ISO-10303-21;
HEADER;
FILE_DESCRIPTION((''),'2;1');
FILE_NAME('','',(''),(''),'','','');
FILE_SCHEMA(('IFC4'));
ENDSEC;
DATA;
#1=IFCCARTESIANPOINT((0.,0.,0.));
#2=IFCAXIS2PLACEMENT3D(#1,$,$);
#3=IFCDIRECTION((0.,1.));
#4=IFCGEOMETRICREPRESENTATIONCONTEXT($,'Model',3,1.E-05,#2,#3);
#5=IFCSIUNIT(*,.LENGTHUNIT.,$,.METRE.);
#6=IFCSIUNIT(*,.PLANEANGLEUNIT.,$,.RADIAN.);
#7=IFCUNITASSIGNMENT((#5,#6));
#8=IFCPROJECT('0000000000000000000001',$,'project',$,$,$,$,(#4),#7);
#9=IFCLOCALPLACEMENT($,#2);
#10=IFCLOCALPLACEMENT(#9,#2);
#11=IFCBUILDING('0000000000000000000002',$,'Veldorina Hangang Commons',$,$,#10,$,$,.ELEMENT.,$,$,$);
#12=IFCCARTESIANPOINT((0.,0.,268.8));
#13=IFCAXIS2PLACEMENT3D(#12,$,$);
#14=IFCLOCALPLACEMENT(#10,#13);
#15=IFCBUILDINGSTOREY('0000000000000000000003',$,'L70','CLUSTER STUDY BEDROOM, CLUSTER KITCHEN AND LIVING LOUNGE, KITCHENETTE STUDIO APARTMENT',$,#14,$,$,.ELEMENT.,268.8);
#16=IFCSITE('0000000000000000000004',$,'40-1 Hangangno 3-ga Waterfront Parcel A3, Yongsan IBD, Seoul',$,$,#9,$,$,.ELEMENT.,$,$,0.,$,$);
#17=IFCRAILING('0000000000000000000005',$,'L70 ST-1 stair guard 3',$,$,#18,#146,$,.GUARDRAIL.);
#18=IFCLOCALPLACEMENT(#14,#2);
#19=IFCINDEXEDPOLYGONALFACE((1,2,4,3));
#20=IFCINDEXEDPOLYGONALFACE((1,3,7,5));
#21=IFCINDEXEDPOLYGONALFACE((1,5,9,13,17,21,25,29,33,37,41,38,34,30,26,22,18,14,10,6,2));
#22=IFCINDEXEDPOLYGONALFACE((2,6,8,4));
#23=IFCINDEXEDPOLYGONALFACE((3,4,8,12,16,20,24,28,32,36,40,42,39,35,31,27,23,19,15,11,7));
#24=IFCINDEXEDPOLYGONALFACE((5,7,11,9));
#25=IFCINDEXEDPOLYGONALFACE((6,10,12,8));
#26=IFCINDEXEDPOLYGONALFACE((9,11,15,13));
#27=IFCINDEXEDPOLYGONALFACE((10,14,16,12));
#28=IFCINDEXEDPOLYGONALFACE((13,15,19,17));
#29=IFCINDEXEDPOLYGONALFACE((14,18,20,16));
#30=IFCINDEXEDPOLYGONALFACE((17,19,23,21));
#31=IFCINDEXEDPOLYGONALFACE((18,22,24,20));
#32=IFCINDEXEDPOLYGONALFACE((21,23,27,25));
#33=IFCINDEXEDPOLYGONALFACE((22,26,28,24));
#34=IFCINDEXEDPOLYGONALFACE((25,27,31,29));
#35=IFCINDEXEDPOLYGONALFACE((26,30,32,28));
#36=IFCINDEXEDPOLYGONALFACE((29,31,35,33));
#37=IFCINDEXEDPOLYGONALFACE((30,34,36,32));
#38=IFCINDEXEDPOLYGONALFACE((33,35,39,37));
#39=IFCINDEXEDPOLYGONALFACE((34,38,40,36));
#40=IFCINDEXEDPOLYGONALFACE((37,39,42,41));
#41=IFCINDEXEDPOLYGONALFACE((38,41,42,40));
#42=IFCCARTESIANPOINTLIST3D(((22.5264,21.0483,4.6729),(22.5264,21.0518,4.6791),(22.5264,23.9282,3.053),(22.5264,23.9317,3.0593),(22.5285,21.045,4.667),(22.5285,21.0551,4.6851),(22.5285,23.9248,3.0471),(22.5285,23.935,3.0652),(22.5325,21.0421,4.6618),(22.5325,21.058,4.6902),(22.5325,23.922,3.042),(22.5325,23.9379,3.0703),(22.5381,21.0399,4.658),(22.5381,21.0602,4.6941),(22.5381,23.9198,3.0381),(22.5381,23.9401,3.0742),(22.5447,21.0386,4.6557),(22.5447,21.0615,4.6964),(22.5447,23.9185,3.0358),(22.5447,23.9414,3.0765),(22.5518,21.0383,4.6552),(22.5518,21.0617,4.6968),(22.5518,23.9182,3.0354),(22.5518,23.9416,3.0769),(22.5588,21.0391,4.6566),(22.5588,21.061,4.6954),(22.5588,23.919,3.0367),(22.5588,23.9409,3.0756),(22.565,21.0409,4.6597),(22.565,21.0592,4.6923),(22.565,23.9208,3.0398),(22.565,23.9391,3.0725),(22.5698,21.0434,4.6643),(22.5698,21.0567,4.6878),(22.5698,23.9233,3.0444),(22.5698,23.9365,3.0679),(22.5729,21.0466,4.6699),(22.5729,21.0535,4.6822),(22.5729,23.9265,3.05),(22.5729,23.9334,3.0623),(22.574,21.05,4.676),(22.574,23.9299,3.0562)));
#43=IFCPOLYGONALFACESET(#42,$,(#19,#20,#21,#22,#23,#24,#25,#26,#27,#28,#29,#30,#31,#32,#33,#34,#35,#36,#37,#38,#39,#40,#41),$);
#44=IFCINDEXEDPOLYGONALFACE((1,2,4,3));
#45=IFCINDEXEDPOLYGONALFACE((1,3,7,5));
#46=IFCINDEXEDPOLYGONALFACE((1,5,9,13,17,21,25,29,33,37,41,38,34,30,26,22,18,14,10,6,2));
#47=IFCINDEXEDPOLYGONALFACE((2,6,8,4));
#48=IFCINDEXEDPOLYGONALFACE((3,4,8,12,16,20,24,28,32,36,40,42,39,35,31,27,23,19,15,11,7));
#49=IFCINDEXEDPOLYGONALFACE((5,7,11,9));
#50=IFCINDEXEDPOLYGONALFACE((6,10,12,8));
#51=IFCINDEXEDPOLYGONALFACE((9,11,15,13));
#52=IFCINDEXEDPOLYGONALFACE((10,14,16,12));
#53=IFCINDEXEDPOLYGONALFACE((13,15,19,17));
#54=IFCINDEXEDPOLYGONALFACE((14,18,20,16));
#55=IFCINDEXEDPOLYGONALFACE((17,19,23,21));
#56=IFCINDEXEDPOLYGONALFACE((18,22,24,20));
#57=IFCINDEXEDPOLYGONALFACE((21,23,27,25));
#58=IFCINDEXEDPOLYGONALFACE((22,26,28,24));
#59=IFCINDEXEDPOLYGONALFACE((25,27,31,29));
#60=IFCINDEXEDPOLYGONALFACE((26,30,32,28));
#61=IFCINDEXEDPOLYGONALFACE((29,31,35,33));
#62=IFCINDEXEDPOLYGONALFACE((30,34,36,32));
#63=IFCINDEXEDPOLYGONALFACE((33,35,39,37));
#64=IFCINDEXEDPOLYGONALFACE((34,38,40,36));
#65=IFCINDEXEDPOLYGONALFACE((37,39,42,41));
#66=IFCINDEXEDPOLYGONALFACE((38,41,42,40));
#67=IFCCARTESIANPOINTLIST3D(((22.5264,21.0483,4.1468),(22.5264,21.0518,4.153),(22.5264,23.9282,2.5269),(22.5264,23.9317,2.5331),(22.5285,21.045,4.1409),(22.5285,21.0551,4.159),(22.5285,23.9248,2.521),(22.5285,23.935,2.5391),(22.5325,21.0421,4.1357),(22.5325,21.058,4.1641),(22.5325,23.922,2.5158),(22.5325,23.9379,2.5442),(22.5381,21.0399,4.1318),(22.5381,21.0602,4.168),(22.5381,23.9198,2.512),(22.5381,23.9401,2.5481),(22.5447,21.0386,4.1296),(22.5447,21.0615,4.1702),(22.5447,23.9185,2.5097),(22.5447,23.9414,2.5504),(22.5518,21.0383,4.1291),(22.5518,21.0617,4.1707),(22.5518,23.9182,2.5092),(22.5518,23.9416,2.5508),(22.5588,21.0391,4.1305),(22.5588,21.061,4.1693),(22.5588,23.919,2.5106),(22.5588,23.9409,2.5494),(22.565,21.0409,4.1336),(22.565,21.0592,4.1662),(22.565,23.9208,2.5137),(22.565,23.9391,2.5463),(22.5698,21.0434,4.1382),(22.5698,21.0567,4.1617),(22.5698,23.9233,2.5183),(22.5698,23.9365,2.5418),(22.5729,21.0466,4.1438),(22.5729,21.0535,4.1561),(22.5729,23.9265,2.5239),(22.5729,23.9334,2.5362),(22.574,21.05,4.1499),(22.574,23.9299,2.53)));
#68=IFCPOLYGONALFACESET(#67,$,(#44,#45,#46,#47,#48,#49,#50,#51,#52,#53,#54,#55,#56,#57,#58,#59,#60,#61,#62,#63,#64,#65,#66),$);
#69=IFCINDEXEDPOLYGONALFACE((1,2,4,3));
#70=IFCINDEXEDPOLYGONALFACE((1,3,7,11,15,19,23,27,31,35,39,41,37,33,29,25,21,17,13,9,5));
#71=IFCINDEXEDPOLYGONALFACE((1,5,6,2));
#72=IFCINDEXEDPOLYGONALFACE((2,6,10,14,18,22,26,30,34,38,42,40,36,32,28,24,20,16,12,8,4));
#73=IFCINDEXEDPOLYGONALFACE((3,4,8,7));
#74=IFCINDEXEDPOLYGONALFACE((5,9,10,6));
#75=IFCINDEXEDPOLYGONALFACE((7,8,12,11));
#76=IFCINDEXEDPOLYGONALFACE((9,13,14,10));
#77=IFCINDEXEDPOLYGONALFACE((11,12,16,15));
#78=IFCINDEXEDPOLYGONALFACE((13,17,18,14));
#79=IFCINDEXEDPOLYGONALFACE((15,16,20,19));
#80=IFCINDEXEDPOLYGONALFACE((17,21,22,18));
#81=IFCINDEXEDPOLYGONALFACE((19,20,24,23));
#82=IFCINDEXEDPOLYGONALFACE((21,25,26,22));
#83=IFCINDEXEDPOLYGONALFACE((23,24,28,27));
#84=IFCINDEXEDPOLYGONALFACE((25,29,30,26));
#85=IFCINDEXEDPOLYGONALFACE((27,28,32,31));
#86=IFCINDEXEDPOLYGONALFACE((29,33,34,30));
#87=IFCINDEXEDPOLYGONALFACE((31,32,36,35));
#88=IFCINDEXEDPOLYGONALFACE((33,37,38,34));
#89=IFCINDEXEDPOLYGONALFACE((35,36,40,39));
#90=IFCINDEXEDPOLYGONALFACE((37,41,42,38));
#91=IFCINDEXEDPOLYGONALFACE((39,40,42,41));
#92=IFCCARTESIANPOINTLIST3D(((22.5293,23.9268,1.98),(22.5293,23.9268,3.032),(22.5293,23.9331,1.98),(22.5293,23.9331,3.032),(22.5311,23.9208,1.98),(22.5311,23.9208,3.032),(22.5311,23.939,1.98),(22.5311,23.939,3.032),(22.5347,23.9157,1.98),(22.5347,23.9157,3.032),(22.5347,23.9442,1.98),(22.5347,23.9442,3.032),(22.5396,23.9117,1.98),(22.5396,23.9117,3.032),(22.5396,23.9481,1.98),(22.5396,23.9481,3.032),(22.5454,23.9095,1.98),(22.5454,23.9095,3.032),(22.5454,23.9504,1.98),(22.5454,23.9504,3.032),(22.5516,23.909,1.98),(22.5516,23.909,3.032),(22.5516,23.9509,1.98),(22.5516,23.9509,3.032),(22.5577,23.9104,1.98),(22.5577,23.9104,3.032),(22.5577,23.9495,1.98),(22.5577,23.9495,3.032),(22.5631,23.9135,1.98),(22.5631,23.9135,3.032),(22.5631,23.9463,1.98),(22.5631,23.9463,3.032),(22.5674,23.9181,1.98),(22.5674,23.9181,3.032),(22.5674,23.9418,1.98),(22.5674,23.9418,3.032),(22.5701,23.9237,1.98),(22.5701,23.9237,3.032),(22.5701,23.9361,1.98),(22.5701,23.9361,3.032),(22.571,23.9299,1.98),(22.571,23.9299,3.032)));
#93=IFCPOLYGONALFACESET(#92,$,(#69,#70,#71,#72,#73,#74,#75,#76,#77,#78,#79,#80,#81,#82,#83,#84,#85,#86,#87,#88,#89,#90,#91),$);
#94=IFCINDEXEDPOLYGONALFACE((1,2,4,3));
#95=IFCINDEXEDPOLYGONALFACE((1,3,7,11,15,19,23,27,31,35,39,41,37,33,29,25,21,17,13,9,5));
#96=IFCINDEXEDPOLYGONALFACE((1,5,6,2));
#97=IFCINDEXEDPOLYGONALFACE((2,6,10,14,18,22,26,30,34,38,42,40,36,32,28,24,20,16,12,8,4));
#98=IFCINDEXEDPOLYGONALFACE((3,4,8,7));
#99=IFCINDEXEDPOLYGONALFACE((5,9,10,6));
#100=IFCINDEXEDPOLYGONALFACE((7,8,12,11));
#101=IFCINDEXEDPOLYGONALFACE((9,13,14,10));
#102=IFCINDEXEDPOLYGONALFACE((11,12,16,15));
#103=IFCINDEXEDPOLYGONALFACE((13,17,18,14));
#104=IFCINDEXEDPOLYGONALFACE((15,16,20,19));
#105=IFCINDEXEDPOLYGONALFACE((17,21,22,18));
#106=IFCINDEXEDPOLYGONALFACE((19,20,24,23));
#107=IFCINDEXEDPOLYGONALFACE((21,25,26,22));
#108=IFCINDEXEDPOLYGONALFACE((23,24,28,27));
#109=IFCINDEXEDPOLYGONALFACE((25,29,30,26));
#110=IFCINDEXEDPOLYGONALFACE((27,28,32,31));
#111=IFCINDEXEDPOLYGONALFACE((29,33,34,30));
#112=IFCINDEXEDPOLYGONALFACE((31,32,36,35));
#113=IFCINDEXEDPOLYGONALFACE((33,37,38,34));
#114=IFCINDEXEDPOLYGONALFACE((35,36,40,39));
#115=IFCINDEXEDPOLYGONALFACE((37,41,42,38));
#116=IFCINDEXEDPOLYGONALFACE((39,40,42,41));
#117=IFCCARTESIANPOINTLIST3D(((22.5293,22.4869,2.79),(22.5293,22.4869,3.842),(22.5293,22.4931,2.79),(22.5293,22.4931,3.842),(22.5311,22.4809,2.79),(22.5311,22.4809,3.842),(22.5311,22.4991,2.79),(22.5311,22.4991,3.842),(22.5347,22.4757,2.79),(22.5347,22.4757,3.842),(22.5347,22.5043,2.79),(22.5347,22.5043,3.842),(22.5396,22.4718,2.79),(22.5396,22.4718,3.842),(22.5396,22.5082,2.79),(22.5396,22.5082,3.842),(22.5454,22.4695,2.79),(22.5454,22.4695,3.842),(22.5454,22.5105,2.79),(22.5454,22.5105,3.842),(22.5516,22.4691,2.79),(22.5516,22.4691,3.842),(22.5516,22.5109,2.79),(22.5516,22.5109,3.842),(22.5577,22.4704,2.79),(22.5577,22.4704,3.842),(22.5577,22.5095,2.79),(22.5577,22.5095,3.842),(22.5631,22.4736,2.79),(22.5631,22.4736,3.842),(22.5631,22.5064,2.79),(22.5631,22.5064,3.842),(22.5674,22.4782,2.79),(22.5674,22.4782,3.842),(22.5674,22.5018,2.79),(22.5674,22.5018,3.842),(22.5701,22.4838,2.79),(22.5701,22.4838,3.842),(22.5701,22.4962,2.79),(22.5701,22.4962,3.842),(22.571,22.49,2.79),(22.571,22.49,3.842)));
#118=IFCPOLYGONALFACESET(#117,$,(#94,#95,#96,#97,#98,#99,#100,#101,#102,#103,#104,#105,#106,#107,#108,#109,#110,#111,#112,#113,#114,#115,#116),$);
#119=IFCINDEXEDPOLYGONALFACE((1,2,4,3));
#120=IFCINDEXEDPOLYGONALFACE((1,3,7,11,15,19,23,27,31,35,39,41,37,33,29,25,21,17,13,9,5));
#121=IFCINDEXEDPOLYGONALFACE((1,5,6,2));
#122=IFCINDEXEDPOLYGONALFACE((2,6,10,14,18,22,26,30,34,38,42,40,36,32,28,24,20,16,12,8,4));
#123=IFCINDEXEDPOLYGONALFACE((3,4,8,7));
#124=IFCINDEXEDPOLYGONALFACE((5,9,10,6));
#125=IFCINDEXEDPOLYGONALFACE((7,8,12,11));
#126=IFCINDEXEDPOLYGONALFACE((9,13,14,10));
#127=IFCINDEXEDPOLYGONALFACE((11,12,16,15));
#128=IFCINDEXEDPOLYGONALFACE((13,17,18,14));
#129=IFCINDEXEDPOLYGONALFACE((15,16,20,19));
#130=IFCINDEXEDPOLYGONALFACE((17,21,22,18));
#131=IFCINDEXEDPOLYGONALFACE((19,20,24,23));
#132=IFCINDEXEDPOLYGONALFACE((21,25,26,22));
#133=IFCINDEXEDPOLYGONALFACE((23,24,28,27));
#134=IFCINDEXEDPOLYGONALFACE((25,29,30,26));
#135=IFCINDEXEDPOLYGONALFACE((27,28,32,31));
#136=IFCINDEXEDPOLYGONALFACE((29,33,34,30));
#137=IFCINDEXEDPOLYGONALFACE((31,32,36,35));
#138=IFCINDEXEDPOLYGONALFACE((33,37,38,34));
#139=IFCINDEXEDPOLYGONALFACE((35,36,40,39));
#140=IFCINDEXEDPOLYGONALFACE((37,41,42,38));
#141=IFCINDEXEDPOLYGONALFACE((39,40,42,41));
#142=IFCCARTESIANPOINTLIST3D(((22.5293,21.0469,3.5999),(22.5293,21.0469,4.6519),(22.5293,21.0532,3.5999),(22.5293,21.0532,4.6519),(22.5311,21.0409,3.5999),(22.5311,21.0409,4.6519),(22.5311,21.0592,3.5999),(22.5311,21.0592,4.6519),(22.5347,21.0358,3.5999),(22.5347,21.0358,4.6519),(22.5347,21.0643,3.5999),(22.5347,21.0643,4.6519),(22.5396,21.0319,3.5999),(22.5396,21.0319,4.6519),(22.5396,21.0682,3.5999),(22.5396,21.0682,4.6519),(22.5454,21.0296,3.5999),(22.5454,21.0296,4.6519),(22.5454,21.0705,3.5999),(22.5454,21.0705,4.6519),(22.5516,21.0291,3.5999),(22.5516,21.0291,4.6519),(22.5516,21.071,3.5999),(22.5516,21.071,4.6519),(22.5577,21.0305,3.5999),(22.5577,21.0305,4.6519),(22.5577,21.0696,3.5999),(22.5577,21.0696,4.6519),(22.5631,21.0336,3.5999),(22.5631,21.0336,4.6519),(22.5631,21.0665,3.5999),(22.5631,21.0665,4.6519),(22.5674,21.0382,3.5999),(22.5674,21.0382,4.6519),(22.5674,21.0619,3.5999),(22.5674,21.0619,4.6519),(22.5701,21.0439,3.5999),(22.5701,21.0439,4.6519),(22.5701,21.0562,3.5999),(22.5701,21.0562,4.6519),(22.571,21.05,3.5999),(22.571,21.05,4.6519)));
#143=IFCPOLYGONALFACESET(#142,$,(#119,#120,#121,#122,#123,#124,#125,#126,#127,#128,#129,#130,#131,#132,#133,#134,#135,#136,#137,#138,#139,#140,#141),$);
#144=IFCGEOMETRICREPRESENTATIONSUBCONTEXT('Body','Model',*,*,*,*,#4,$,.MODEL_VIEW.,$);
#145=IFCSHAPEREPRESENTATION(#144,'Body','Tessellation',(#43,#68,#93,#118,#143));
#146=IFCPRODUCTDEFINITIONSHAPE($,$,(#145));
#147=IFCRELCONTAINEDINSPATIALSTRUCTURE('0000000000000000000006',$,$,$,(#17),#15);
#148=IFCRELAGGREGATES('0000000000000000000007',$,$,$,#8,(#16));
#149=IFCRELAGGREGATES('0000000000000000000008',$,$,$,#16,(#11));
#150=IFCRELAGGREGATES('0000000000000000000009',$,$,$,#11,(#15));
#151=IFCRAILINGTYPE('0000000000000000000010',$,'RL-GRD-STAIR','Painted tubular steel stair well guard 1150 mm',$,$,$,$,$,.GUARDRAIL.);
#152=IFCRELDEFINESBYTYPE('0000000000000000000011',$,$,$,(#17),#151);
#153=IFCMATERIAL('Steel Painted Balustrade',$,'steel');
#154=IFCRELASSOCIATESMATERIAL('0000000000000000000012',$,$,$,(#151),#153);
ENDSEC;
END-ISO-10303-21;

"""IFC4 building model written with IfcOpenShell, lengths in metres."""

from ifc_helpers import new_model, si_unit, direction, frame, origin, origin_2d, place, context, subcontext, project, spatial, circle, extrude, material, type_object, element, save


model = new_model("IFC4")

# Units and contexts
model_context = context("Model", 3, precision=1e-05, world=origin(), true_north=direction((0.0, 1.0)))
body_context = subcontext(model_context, "Body", "Model", "MODEL_VIEW")
ifc_project = project(units=[si_unit("LENGTHUNIT", "METRE"), si_unit("PLANEANGLEUNIT", "RADIAN")], contexts=[model_context])

# Site, building, storey
site_placement = place(None, origin())
site = spatial("IfcSite", under=ifc_project, at=site_placement, Name="40-1 Hangangno 3-ga Waterfront Parcel A3, Yongsan IBD, Seoul", CompositionType="ELEMENT", RefElevation=0.0)
building_placement = place(site_placement, origin())
building = spatial("IfcBuilding", under=site, at=building_placement, Name="Veldorina Hangang Commons", CompositionType="ELEMENT")
storey_placement = place(building_placement, frame((0.0, 0.0, 268.8)))
storey = spatial("IfcBuildingStorey", under=building, at=storey_placement, Name="L70", Description="CLUSTER STUDY BEDROOM, CLUSTER KITCHEN AND LIVING LOUNGE, KITCHENETTE STUDIO APARTMENT", CompositionType="ELEMENT", Elevation=268.8)

# Railing
ifc_material_1 = material(Name="Steel Painted Balustrade", Category="steel")
railing_type = type_object("IfcRailingType", Name="RL-GRD-STAIR", Description="Painted tubular steel stair well guard 1150 mm", PredefinedType="GUARDRAIL", material=ifc_material_1)
railing_1_placement = place(storey_placement, frame((22.55, 23.9299, 1.98)))
element("IfcRailing", 1, at=railing_1_placement, inside=storey, type_object=railing_type, Name="L70 ST-1 stair guard 3", PredefinedType="GUARDRAIL", context=body_context, shape_type="SweptSolid", body=[
    extrude(circle(Radius=0.0239, at=origin_2d()), frame((0.0, 0.0, 1.0762), z_axis=(0.0, -0.871583, 0.490247), x_axis=(1.0, 0.0, 0.0)), (0.0, 0.0, 1.0), 3.3042),
    extrude(circle(Radius=0.0239, at=origin_2d()), frame((0.0, 0.0, 0.55), z_axis=(0.0, -0.871583, 0.490247), x_axis=(1.0, 0.0, 0.0)), (0.0, 0.0, 1.0), 3.3042),
    extrude(circle(Radius=0.021, at=origin_2d()), origin(), (0.0, 0.0, 1.0), 1.052),
    extrude(circle(Radius=0.021, at=origin_2d()), frame((0.0, -1.4399, 0.8101)), (0.0, 0.0, 1.0), 1.052),
    extrude(circle(Radius=0.021, at=origin_2d()), frame((0.0, -2.8799, 1.6199)), (0.0, 0.0, 1.0), 1.052),
])

save(model, "model.ifc")
